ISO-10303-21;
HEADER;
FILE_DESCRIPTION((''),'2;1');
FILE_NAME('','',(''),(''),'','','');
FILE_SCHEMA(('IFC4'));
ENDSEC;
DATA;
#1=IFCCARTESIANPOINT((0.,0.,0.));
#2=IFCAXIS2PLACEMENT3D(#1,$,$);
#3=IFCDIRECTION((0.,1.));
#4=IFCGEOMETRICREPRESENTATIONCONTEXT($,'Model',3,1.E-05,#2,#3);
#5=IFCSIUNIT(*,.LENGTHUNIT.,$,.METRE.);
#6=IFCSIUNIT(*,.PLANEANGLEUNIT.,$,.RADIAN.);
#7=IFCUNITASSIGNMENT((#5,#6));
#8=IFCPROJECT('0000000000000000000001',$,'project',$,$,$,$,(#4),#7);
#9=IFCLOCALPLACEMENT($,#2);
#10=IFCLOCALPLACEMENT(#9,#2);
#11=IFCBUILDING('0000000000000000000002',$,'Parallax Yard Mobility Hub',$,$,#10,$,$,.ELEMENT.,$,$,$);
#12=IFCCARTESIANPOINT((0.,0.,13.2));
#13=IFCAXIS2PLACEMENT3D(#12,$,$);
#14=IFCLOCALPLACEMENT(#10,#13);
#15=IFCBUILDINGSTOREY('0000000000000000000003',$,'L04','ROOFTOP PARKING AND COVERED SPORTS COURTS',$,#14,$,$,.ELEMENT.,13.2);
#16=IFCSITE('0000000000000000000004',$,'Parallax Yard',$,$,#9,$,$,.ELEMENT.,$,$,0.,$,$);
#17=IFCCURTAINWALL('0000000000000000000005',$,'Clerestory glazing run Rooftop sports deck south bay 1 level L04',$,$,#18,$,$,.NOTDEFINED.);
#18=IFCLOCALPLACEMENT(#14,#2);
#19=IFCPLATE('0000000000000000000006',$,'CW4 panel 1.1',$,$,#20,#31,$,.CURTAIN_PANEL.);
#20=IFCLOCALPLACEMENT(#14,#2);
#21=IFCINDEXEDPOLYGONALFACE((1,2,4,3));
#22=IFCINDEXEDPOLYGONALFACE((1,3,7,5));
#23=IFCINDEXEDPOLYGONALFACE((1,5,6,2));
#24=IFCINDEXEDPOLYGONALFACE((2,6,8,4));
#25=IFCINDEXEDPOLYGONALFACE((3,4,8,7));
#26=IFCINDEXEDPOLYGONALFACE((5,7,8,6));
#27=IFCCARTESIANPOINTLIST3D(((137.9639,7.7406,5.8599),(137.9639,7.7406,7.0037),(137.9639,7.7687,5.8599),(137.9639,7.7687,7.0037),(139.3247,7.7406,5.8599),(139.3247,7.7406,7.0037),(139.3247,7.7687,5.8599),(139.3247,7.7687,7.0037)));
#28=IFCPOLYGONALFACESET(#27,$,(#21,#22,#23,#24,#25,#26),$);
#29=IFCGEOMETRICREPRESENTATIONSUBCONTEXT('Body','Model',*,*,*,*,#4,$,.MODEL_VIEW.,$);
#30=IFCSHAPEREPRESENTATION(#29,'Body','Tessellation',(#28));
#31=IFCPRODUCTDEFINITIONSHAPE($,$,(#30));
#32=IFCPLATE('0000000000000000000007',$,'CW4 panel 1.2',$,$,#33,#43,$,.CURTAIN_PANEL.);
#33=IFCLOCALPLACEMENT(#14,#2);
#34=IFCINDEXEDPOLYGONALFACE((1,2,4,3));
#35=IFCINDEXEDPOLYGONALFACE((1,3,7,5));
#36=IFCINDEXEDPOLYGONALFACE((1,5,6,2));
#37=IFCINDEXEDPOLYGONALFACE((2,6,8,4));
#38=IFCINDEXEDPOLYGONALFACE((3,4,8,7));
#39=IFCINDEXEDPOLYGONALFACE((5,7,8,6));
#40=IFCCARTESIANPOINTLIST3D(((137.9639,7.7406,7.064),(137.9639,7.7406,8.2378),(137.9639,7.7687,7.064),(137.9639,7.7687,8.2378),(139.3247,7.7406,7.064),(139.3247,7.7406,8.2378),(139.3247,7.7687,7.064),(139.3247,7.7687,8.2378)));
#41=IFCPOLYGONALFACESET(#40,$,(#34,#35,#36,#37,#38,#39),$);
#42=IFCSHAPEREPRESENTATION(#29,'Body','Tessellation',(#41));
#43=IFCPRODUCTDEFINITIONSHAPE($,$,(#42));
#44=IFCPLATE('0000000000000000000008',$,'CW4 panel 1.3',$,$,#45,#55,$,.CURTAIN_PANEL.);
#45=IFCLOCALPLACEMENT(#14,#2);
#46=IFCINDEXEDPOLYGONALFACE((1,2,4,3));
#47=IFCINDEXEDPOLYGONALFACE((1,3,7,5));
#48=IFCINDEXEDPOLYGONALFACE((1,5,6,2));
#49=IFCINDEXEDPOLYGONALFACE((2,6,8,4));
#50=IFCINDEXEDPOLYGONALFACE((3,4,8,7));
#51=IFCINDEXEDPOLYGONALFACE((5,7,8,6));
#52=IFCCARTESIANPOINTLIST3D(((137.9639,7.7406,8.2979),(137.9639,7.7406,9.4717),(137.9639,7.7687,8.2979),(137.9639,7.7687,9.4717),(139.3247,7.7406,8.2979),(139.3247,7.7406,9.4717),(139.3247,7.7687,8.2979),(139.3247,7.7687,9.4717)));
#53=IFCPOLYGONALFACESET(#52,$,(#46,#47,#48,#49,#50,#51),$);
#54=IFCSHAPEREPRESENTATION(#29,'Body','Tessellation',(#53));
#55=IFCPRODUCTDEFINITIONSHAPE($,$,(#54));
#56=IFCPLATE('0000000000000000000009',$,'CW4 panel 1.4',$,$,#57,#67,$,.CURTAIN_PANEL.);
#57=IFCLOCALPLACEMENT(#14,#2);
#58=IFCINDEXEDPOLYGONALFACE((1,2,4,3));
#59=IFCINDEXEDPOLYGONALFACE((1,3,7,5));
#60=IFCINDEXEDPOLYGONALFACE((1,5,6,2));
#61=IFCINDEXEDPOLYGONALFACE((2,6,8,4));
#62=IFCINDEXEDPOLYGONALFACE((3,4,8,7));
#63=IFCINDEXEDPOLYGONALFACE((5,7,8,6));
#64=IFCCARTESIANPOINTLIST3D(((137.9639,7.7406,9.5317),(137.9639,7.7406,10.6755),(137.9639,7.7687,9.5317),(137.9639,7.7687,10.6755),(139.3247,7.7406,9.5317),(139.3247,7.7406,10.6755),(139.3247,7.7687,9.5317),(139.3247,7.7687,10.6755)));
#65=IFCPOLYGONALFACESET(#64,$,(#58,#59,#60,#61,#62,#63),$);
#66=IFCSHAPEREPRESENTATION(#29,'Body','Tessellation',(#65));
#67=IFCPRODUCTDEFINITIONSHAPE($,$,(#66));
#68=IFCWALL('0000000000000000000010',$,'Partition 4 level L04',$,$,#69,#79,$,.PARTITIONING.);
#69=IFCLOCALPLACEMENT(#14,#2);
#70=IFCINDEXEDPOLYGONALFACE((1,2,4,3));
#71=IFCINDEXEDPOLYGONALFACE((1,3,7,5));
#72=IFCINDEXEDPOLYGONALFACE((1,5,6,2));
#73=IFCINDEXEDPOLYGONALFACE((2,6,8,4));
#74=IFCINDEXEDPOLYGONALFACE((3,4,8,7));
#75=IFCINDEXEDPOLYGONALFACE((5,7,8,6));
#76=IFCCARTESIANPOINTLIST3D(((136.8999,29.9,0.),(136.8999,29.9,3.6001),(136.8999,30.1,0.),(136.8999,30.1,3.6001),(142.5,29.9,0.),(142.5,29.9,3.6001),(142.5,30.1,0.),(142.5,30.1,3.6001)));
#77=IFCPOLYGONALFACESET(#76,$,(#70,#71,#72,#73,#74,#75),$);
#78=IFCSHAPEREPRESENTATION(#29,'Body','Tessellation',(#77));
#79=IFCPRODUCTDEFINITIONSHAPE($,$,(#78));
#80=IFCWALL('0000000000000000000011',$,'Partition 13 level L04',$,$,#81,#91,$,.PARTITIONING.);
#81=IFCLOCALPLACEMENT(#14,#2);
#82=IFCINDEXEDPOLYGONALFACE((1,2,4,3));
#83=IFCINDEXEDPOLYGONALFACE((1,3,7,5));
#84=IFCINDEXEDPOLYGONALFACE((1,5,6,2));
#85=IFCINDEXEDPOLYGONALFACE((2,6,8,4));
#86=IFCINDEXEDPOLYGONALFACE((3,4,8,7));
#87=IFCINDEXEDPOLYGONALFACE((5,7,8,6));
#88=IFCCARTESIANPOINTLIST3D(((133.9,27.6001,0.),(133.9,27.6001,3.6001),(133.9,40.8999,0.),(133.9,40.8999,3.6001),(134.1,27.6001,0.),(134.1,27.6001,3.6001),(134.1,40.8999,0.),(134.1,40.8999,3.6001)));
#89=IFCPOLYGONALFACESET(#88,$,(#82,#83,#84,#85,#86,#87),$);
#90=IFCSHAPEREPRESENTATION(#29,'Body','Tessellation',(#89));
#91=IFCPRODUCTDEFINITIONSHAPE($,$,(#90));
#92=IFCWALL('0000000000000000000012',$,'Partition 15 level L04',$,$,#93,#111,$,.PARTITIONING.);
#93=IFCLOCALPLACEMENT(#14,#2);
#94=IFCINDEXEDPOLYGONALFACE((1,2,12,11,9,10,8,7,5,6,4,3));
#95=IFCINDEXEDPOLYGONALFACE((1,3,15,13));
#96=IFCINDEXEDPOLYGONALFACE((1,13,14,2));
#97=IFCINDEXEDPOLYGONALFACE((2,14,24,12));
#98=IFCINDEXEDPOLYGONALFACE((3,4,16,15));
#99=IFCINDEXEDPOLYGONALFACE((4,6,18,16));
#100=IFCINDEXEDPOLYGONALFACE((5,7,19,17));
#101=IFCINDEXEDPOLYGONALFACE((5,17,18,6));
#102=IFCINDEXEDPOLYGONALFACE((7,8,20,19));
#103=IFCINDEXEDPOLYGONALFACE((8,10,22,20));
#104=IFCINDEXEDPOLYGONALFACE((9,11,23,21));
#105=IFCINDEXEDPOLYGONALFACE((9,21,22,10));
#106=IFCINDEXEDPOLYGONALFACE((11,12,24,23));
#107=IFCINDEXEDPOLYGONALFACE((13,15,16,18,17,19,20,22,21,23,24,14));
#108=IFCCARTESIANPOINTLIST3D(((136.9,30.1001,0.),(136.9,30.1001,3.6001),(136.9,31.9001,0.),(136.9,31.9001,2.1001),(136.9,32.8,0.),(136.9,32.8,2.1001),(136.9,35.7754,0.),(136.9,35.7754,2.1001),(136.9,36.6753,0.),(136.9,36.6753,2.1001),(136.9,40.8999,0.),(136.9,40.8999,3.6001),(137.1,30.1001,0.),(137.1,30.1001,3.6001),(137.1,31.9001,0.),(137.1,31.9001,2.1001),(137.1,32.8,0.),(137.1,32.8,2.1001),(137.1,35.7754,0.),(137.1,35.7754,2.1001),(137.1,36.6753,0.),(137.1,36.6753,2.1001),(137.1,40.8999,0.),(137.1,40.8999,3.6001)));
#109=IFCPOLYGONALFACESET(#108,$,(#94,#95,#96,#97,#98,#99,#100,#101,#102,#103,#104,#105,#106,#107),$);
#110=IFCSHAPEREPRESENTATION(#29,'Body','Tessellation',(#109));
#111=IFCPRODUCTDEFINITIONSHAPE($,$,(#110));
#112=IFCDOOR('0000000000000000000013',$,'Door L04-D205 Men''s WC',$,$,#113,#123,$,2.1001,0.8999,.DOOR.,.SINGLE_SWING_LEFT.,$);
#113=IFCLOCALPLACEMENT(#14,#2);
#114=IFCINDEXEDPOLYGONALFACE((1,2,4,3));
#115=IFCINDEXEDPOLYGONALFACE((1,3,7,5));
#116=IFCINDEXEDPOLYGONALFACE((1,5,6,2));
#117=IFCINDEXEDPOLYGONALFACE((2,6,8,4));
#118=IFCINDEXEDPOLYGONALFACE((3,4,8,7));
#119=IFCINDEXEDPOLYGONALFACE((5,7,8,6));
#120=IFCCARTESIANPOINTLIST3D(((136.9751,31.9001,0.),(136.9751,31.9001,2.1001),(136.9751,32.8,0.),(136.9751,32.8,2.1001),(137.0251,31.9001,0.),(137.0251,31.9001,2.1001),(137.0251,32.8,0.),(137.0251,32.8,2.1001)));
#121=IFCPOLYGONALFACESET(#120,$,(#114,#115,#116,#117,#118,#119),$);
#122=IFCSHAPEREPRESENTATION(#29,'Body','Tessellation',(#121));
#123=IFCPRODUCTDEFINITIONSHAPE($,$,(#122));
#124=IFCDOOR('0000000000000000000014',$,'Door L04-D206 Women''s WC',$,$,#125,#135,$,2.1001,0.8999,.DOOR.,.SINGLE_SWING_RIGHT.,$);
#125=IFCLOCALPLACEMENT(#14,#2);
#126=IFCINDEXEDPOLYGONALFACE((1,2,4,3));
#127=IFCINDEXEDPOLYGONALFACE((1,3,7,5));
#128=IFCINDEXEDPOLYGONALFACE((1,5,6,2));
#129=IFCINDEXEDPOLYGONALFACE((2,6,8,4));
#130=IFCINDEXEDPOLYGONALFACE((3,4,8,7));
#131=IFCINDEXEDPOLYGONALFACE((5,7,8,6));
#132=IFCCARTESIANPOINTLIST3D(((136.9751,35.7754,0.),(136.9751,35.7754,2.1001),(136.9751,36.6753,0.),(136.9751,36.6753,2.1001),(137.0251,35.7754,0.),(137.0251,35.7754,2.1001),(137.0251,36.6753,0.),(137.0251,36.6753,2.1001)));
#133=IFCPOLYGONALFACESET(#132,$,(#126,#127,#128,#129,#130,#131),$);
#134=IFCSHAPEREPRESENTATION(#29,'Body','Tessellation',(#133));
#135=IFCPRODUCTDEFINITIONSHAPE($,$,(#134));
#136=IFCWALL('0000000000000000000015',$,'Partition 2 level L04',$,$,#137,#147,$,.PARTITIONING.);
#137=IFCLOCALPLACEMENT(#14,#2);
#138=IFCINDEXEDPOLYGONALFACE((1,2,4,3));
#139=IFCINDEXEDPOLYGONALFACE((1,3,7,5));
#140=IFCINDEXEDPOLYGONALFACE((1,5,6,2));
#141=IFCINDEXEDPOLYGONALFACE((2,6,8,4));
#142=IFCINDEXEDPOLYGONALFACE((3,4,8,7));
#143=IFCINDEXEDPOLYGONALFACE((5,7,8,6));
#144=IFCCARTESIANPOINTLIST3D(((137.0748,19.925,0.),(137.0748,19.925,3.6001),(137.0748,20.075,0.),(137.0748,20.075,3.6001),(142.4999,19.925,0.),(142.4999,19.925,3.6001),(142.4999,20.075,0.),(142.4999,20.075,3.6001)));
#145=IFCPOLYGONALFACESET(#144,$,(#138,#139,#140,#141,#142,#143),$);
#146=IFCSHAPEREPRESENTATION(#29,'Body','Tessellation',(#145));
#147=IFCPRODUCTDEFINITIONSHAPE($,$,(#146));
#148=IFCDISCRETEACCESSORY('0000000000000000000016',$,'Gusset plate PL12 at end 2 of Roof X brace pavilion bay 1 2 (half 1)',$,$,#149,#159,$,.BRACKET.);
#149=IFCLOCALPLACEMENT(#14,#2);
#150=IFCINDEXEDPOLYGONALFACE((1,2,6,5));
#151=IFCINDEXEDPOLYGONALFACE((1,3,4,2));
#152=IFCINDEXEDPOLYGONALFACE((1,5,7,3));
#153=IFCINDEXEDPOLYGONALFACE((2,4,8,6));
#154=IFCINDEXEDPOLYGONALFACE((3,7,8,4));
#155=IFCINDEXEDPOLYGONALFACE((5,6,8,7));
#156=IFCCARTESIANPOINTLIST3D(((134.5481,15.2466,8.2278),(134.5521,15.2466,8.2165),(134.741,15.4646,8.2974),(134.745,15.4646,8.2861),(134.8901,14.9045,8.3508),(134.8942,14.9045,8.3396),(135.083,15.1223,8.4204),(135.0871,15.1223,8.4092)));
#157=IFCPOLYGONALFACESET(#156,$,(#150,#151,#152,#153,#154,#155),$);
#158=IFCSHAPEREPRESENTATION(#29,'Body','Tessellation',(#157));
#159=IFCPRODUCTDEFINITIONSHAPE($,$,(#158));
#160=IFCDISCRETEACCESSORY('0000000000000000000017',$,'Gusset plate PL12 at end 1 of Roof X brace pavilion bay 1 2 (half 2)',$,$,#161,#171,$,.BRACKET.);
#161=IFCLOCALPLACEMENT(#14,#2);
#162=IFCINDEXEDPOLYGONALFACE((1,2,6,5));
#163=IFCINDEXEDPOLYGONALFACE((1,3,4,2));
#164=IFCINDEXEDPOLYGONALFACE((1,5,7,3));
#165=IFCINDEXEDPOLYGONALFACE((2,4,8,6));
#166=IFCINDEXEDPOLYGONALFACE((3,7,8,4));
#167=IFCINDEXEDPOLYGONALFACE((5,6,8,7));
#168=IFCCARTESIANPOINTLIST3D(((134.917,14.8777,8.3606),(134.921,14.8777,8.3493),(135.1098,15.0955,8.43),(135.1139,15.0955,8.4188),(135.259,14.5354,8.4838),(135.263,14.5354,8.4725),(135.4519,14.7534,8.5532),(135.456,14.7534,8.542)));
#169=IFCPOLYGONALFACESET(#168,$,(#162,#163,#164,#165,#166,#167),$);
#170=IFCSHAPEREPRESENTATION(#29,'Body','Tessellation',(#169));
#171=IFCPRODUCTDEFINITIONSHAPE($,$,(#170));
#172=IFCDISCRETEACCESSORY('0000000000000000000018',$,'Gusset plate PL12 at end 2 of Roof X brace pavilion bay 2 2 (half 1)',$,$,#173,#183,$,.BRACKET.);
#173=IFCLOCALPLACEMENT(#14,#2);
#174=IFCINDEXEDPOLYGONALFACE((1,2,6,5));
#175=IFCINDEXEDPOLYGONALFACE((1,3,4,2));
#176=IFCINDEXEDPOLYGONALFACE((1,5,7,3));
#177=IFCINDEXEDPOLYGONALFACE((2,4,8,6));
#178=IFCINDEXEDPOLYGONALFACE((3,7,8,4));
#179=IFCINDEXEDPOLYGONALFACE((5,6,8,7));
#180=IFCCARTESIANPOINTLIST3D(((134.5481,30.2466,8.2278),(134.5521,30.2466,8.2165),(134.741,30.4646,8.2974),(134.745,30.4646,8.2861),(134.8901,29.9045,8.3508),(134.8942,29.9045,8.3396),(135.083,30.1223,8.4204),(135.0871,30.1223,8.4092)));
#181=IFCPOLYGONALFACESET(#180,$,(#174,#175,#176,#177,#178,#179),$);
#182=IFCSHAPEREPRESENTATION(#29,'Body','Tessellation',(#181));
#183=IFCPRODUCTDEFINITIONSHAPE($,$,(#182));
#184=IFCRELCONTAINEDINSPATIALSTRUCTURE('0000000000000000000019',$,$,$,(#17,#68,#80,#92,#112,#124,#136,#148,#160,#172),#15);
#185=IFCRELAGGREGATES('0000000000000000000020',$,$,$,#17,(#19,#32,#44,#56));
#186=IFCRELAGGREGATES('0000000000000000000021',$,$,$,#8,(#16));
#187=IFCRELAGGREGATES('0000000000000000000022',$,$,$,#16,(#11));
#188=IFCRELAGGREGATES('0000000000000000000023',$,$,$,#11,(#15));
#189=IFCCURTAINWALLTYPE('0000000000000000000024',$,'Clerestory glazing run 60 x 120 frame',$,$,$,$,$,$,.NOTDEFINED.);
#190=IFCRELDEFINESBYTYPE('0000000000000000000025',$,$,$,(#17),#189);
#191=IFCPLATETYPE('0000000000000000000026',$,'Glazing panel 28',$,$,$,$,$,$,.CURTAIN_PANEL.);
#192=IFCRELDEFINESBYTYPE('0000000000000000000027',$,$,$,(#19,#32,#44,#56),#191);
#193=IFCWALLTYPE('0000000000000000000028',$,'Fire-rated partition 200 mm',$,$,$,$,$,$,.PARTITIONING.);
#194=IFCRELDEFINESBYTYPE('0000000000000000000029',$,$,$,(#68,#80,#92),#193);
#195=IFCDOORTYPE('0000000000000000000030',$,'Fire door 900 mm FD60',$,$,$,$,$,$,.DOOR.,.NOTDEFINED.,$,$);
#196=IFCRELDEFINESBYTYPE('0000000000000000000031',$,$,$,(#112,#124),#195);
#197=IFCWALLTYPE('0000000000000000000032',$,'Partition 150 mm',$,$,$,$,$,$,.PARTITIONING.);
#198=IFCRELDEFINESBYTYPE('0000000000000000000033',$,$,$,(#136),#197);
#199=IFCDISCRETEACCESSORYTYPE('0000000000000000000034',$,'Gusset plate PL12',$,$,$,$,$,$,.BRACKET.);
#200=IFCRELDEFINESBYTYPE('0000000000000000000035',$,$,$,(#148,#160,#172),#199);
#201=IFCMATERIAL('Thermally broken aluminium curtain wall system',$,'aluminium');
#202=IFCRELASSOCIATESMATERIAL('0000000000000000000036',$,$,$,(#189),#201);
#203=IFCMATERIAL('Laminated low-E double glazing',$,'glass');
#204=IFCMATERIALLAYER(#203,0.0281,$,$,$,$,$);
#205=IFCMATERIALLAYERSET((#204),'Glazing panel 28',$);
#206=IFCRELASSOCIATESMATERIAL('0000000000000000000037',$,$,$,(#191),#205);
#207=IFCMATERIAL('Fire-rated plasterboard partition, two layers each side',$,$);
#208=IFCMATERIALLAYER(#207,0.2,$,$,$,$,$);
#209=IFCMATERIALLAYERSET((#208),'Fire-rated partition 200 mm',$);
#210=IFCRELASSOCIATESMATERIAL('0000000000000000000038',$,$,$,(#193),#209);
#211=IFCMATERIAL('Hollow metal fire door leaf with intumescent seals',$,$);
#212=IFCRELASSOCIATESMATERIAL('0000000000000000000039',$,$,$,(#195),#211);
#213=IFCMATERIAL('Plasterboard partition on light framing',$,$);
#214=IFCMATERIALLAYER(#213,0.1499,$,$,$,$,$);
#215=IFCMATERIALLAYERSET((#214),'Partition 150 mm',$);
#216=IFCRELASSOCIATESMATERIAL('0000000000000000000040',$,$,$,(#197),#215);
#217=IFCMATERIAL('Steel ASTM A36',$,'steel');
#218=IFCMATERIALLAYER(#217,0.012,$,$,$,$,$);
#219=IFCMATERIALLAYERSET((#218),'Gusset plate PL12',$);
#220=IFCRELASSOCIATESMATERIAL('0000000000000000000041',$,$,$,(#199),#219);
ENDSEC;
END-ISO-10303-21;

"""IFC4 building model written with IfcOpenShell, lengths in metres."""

from ifc_helpers import new_model, si_unit, direction, frame, frame_2d, origin, origin_2d, place, context, subcontext, project, spatial, polyline, rectangle, outline, extrude, material, layer, layer_set, type_object, element, fill, aggregate, save


model = new_model("IFC4")

# Units and contexts
model_context = context("Model", 3, precision=1e-05, world=origin(), true_north=direction((0.0, 1.0)))
body_context = subcontext(model_context, "Body", "Model", "MODEL_VIEW")
ifc_project = project(units=[si_unit("LENGTHUNIT", "METRE"), si_unit("PLANEANGLEUNIT", "RADIAN")], contexts=[model_context])

# Site, building, storey
site_placement = place(None, origin())
site = spatial("IfcSite", under=ifc_project, at=site_placement, Name="Parallax Yard", CompositionType="ELEMENT", RefElevation=0.0)
building_placement = place(site_placement, origin())
building = spatial("IfcBuilding", under=site, at=building_placement, Name="Parallax Yard Mobility Hub", CompositionType="ELEMENT")
storey_placement = place(building_placement, frame((0.0, 0.0, 13.2)))
storey = spatial("IfcBuildingStorey", under=building, at=storey_placement, Name="L04", Description="ROOFTOP PARKING AND COVERED SPORTS COURTS", CompositionType="ELEMENT", Elevation=13.2)

# Curtain wall
ifc_material_1 = material(Name="Thermally broken aluminium curtain wall system", Category="aluminium")
curtain_wall_type = type_object("IfcCurtainWallType", Name="Clerestory glazing run 60 x 120 frame", PredefinedType="NOTDEFINED", material=ifc_material_1)
curtain_wall_1_placement = place(storey_placement, origin())
curtain_wall_1 = element("IfcCurtainWall", 1, at=curtain_wall_1_placement, inside=storey, type_object=curtain_wall_type, Name="Clerestory glazing run Rooftop sports deck south bay 1 level L04", PredefinedType="NOTDEFINED")

# Plates
ifc_material_2 = material(Name="Laminated low-E double glazing", Category="glass")
ifc_layer_1 = layer(ifc_material_2, 0.0281)
ifc_layer_set_1 = layer_set([ifc_layer_1], Name="Glazing panel 28")
plate_type = type_object("IfcPlateType", Name="Glazing panel 28", PredefinedType="CURTAIN_PANEL", material=ifc_layer_set_1)
plate_1_placement = place(storey_placement, frame((138.6443, 7.7546, 5.8599), z_axis=(0.0, 0.0, 1.0), x_axis=(1.0, 0.0, 0.0)))
plate_1 = element("IfcPlate", 2, at=plate_1_placement, type_object=plate_type, Name="CW4 panel 1.1", PredefinedType="CURTAIN_PANEL", context=body_context, shape_type="SweptSolid", body=[
    extrude(rectangle(XDim=1.3608, YDim=0.0281, at=origin_2d()), origin(), (0.0, 0.0, 1.0), 1.1438),
])
plate_2_placement = place(storey_placement, frame((138.6443, 7.7546, 7.064), z_axis=(0.0, 0.0, 1.0), x_axis=(1.0, 0.0, 0.0)))
plate_2 = element("IfcPlate", 3, at=plate_2_placement, type_object=plate_type, Name="CW4 panel 1.2", PredefinedType="CURTAIN_PANEL", context=body_context, shape_type="SweptSolid", body=[
    extrude(rectangle(XDim=1.3608, YDim=0.0281, at=origin_2d()), origin(), (0.0, 0.0, 1.0), 1.1738),
])
plate_3_placement = place(storey_placement, frame((138.6443, 7.7546, 8.2979), z_axis=(0.0, 0.0, 1.0), x_axis=(1.0, 0.0, 0.0)))
plate_3 = element("IfcPlate", 4, at=plate_3_placement, type_object=plate_type, Name="CW4 panel 1.3", PredefinedType="CURTAIN_PANEL", context=body_context, shape_type="SweptSolid", body=[
    extrude(rectangle(XDim=1.3608, YDim=0.0281, at=origin_2d()), origin(), (0.0, 0.0, 1.0), 1.1738),
])
plate_4_placement = place(storey_placement, frame((138.6443, 7.7546, 9.5317), z_axis=(0.0, 0.0, 1.0), x_axis=(1.0, 0.0, 0.0)))
plate_4 = element("IfcPlate", 5, at=plate_4_placement, type_object=plate_type, Name="CW4 panel 1.4", PredefinedType="CURTAIN_PANEL", context=body_context, shape_type="SweptSolid", body=[
    extrude(rectangle(XDim=1.3608, YDim=0.0281, at=origin_2d()), origin(), (0.0, 0.0, 1.0), 1.1438),
])
aggregate(curtain_wall_1, [plate_1, plate_2, plate_3, plate_4])

# Walls
ifc_material_3 = material(Name="Fire-rated plasterboard partition, two layers each side")
ifc_layer_2 = layer(ifc_material_3, 0.2)
ifc_layer_set_2 = layer_set([ifc_layer_2], Name="Fire-rated partition 200 mm")
wall_type_1 = type_object("IfcWallType", Name="Fire-rated partition 200 mm", PredefinedType="PARTITIONING", material=ifc_layer_set_2)
wall_1_placement = place(storey_placement, frame((136.8999, 30.0, 0.0), z_axis=(0.0, 0.0, 1.0), x_axis=(1.0, 0.0, 0.0)))
element("IfcWall", 6, at=wall_1_placement, inside=storey, type_object=wall_type_1, Name="Partition 4 level L04", PredefinedType="PARTITIONING", context=body_context, shape_type="SweptSolid", body=[
    extrude(rectangle(XDim=5.6001, YDim=0.2, at=frame_2d((2.8, 0.0))), origin(), (0.0, 0.0, 1.0), 3.6001),
])
wall_2_placement = place(storey_placement, frame((134.0, 27.6001, 0.0), z_axis=(0.0, 0.0, 1.0), x_axis=(0.0, 1.0, 0.0)))
element("IfcWall", 7, at=wall_2_placement, inside=storey, type_object=wall_type_1, Name="Partition 13 level L04", PredefinedType="PARTITIONING", context=body_context, shape_type="SweptSolid", body=[
    extrude(rectangle(XDim=13.2998, YDim=0.2, at=frame_2d((6.6499, 0.0))), origin(), (0.0, 0.0, 1.0), 3.6001),
])

# Wall, openings, doors
wall_3_placement = place(storey_placement, frame((137.0, 30.1001, 0.0), z_axis=(0.0, 0.0, 1.0), x_axis=(0.0, 1.0, 0.0)))
wall_3 = element("IfcWall", 8, at=wall_3_placement, inside=storey, type_object=wall_type_1, Name="Partition 15 level L04", PredefinedType="PARTITIONING", context=body_context, shape_type="SweptSolid", body=[
    extrude(rectangle(XDim=10.7998, YDim=0.2, at=frame_2d((5.3999, 0.0))), origin(), (0.0, 0.0, 1.0), 3.6001),
])
opening_1_placement = place(wall_3_placement, frame((1.8, 0.0, 0.0)))
opening_1 = element("IfcOpeningElement", 9, at=opening_1_placement, cuts=wall_3, PredefinedType="OPENING", context=body_context, shape_type="SweptSolid", body=[
    extrude(rectangle(XDim=0.8999, YDim=2.1001, at=frame_2d((0.45, 1.05))), frame((0.0, 0.1099, 0.0), z_axis=(0.0, -1.0, 0.0), x_axis=(1.0, 0.0, 0.0)), (0.0, 0.0, 1.0), 0.22),
])
opening_2_placement = place(wall_3_placement, frame((5.6753, 0.0, 0.0)))
opening_2 = element("IfcOpeningElement", 10, at=opening_2_placement, cuts=wall_3, PredefinedType="OPENING", context=body_context, shape_type="SweptSolid", body=[
    extrude(rectangle(XDim=0.8999, YDim=2.1001, at=frame_2d((0.45, 1.05))), frame((0.0, 0.1099, 0.0), z_axis=(0.0, -1.0, 0.0), x_axis=(1.0, 0.0, 0.0)), (0.0, 0.0, 1.0), 0.22),
])
ifc_material_4 = material(Name="Hollow metal fire door leaf with intumescent seals")
door_type = type_object("IfcDoorType", Name="Fire door 900 mm FD60", OperationType="NOTDEFINED", PredefinedType="DOOR", material=ifc_material_4)
door_1_placement = place(opening_1_placement, origin())
door_1 = element("IfcDoor", 11, at=door_1_placement, inside=storey, type_object=door_type, Name="Door L04-D205 Men's WC", OperationType="SINGLE_SWING_LEFT", OverallHeight=2.1001, OverallWidth=0.8999, PredefinedType="DOOR", context=body_context, shape_type="SweptSolid", body=[
    extrude(rectangle(XDim=0.8999, YDim=2.1001, at=frame_2d((0.45, 1.05))), frame((0.0, 0.0249, 0.0), z_axis=(0.0, -1.0, 0.0), x_axis=(1.0, 0.0, 0.0)), (0.0, 0.0, 1.0), 0.05),
])
fill(opening_1, door_1)
door_2_placement = place(opening_2_placement, origin())
door_2 = element("IfcDoor", 12, at=door_2_placement, inside=storey, type_object=door_type, Name="Door L04-D206 Women's WC", OperationType="SINGLE_SWING_RIGHT", OverallHeight=2.1001, OverallWidth=0.8999, PredefinedType="DOOR", context=body_context, shape_type="SweptSolid", body=[
    extrude(rectangle(XDim=0.8999, YDim=2.1001, at=frame_2d((0.45, 1.05))), frame((0.0, 0.0249, 0.0), z_axis=(0.0, -1.0, 0.0), x_axis=(1.0, 0.0, 0.0)), (0.0, 0.0, 1.0), 0.05),
])
fill(opening_2, door_2)

# Wall
ifc_material_5 = material(Name="Plasterboard partition on light framing")
ifc_layer_3 = layer(ifc_material_5, 0.1499)
ifc_layer_set_3 = layer_set([ifc_layer_3], Name="Partition 150 mm")
wall_type_2 = type_object("IfcWallType", Name="Partition 150 mm", PredefinedType="PARTITIONING", material=ifc_layer_set_3)
wall_4_placement = place(storey_placement, frame((137.075, 20.0, 0.0), z_axis=(0.0, 0.0, 1.0), x_axis=(1.0, 0.0, 0.0)))
element("IfcWall", 13, at=wall_4_placement, inside=storey, type_object=wall_type_2, Name="Partition 2 level L04", PredefinedType="PARTITIONING", context=body_context, shape_type="SweptSolid", body=[
    extrude(rectangle(XDim=5.425, YDim=0.1499, at=frame_2d((2.7124, 0.0))), origin(), (0.0, 0.0, 1.0), 3.6001),
])

# Discrete accessories
ifc_material_6 = material(Name="Steel ASTM A36", Category="steel")
ifc_layer_4 = layer(ifc_material_6, 0.012)
ifc_layer_set_4 = layer_set([ifc_layer_4], Name="Gusset plate PL12")
discrete_accessory_type = type_object("IfcDiscreteAccessoryType", Name="Gusset plate PL12", PredefinedType="BRACKET", material=ifc_layer_set_4)
discrete_accessory_1_placement = place(storey_placement, frame((134.5481, 15.2466, 8.2278), z_axis=(-0.338903, -0.000449, 0.940821), x_axis=(0.685283, -0.685283, 0.246526)))
element("IfcDiscreteAccessory", 14, at=discrete_accessory_1_placement, inside=storey, type_object=discrete_accessory_type, Name="Gusset plate PL12 at end 2 of Roof X brace pavilion bay 1 2 (half 1)", PredefinedType="BRACKET", context=body_context, shape_type="SweptSolid", body=[
    extrude(outline(polyline([(0.0, 0.0), (0.4991, 0.0), (0.4992, 0.2991), (-0.0001, 0.2993), (0.0, 0.0)])), origin(), (0.0, 0.0, -1.0), 0.012),
])
discrete_accessory_2_placement = place(storey_placement, frame((135.4519, 14.7534, 8.5532), z_axis=(-0.338813, -0.000012, 0.940854), x_axis=(-0.685278, 0.6852, -0.246769)))
element("IfcDiscreteAccessory", 15, at=discrete_accessory_2_placement, inside=storey, type_object=discrete_accessory_type, Name="Gusset plate PL12 at end 1 of Roof X brace pavilion bay 1 2 (half 2)", PredefinedType="BRACKET", context=body_context, shape_type="SweptSolid", body=[
    extrude(outline(polyline([(0.0, 0.0), (0.4992, 0.0), (0.4992, 0.2991), (0.0, 0.2993), (0.0, 0.0)])), origin(), (0.0, 0.0, -1.0), 0.012),
])
discrete_accessory_3_placement = place(storey_placement, frame((134.5481, 30.2466, 8.2278), z_axis=(-0.338903, -0.000449, 0.940821), x_axis=(0.685283, -0.685283, 0.246526)))
element("IfcDiscreteAccessory", 16, at=discrete_accessory_3_placement, inside=storey, type_object=discrete_accessory_type, Name="Gusset plate PL12 at end 2 of Roof X brace pavilion bay 2 2 (half 1)", PredefinedType="BRACKET", context=body_context, shape_type="SweptSolid", body=[
    extrude(outline(polyline([(0.0, 0.0), (0.4991, 0.0), (0.4992, 0.2991), (-0.0001, 0.2993), (0.0, 0.0)])), origin(), (0.0, 0.0, -1.0), 0.012),
])

save(model, "model.ifc")
